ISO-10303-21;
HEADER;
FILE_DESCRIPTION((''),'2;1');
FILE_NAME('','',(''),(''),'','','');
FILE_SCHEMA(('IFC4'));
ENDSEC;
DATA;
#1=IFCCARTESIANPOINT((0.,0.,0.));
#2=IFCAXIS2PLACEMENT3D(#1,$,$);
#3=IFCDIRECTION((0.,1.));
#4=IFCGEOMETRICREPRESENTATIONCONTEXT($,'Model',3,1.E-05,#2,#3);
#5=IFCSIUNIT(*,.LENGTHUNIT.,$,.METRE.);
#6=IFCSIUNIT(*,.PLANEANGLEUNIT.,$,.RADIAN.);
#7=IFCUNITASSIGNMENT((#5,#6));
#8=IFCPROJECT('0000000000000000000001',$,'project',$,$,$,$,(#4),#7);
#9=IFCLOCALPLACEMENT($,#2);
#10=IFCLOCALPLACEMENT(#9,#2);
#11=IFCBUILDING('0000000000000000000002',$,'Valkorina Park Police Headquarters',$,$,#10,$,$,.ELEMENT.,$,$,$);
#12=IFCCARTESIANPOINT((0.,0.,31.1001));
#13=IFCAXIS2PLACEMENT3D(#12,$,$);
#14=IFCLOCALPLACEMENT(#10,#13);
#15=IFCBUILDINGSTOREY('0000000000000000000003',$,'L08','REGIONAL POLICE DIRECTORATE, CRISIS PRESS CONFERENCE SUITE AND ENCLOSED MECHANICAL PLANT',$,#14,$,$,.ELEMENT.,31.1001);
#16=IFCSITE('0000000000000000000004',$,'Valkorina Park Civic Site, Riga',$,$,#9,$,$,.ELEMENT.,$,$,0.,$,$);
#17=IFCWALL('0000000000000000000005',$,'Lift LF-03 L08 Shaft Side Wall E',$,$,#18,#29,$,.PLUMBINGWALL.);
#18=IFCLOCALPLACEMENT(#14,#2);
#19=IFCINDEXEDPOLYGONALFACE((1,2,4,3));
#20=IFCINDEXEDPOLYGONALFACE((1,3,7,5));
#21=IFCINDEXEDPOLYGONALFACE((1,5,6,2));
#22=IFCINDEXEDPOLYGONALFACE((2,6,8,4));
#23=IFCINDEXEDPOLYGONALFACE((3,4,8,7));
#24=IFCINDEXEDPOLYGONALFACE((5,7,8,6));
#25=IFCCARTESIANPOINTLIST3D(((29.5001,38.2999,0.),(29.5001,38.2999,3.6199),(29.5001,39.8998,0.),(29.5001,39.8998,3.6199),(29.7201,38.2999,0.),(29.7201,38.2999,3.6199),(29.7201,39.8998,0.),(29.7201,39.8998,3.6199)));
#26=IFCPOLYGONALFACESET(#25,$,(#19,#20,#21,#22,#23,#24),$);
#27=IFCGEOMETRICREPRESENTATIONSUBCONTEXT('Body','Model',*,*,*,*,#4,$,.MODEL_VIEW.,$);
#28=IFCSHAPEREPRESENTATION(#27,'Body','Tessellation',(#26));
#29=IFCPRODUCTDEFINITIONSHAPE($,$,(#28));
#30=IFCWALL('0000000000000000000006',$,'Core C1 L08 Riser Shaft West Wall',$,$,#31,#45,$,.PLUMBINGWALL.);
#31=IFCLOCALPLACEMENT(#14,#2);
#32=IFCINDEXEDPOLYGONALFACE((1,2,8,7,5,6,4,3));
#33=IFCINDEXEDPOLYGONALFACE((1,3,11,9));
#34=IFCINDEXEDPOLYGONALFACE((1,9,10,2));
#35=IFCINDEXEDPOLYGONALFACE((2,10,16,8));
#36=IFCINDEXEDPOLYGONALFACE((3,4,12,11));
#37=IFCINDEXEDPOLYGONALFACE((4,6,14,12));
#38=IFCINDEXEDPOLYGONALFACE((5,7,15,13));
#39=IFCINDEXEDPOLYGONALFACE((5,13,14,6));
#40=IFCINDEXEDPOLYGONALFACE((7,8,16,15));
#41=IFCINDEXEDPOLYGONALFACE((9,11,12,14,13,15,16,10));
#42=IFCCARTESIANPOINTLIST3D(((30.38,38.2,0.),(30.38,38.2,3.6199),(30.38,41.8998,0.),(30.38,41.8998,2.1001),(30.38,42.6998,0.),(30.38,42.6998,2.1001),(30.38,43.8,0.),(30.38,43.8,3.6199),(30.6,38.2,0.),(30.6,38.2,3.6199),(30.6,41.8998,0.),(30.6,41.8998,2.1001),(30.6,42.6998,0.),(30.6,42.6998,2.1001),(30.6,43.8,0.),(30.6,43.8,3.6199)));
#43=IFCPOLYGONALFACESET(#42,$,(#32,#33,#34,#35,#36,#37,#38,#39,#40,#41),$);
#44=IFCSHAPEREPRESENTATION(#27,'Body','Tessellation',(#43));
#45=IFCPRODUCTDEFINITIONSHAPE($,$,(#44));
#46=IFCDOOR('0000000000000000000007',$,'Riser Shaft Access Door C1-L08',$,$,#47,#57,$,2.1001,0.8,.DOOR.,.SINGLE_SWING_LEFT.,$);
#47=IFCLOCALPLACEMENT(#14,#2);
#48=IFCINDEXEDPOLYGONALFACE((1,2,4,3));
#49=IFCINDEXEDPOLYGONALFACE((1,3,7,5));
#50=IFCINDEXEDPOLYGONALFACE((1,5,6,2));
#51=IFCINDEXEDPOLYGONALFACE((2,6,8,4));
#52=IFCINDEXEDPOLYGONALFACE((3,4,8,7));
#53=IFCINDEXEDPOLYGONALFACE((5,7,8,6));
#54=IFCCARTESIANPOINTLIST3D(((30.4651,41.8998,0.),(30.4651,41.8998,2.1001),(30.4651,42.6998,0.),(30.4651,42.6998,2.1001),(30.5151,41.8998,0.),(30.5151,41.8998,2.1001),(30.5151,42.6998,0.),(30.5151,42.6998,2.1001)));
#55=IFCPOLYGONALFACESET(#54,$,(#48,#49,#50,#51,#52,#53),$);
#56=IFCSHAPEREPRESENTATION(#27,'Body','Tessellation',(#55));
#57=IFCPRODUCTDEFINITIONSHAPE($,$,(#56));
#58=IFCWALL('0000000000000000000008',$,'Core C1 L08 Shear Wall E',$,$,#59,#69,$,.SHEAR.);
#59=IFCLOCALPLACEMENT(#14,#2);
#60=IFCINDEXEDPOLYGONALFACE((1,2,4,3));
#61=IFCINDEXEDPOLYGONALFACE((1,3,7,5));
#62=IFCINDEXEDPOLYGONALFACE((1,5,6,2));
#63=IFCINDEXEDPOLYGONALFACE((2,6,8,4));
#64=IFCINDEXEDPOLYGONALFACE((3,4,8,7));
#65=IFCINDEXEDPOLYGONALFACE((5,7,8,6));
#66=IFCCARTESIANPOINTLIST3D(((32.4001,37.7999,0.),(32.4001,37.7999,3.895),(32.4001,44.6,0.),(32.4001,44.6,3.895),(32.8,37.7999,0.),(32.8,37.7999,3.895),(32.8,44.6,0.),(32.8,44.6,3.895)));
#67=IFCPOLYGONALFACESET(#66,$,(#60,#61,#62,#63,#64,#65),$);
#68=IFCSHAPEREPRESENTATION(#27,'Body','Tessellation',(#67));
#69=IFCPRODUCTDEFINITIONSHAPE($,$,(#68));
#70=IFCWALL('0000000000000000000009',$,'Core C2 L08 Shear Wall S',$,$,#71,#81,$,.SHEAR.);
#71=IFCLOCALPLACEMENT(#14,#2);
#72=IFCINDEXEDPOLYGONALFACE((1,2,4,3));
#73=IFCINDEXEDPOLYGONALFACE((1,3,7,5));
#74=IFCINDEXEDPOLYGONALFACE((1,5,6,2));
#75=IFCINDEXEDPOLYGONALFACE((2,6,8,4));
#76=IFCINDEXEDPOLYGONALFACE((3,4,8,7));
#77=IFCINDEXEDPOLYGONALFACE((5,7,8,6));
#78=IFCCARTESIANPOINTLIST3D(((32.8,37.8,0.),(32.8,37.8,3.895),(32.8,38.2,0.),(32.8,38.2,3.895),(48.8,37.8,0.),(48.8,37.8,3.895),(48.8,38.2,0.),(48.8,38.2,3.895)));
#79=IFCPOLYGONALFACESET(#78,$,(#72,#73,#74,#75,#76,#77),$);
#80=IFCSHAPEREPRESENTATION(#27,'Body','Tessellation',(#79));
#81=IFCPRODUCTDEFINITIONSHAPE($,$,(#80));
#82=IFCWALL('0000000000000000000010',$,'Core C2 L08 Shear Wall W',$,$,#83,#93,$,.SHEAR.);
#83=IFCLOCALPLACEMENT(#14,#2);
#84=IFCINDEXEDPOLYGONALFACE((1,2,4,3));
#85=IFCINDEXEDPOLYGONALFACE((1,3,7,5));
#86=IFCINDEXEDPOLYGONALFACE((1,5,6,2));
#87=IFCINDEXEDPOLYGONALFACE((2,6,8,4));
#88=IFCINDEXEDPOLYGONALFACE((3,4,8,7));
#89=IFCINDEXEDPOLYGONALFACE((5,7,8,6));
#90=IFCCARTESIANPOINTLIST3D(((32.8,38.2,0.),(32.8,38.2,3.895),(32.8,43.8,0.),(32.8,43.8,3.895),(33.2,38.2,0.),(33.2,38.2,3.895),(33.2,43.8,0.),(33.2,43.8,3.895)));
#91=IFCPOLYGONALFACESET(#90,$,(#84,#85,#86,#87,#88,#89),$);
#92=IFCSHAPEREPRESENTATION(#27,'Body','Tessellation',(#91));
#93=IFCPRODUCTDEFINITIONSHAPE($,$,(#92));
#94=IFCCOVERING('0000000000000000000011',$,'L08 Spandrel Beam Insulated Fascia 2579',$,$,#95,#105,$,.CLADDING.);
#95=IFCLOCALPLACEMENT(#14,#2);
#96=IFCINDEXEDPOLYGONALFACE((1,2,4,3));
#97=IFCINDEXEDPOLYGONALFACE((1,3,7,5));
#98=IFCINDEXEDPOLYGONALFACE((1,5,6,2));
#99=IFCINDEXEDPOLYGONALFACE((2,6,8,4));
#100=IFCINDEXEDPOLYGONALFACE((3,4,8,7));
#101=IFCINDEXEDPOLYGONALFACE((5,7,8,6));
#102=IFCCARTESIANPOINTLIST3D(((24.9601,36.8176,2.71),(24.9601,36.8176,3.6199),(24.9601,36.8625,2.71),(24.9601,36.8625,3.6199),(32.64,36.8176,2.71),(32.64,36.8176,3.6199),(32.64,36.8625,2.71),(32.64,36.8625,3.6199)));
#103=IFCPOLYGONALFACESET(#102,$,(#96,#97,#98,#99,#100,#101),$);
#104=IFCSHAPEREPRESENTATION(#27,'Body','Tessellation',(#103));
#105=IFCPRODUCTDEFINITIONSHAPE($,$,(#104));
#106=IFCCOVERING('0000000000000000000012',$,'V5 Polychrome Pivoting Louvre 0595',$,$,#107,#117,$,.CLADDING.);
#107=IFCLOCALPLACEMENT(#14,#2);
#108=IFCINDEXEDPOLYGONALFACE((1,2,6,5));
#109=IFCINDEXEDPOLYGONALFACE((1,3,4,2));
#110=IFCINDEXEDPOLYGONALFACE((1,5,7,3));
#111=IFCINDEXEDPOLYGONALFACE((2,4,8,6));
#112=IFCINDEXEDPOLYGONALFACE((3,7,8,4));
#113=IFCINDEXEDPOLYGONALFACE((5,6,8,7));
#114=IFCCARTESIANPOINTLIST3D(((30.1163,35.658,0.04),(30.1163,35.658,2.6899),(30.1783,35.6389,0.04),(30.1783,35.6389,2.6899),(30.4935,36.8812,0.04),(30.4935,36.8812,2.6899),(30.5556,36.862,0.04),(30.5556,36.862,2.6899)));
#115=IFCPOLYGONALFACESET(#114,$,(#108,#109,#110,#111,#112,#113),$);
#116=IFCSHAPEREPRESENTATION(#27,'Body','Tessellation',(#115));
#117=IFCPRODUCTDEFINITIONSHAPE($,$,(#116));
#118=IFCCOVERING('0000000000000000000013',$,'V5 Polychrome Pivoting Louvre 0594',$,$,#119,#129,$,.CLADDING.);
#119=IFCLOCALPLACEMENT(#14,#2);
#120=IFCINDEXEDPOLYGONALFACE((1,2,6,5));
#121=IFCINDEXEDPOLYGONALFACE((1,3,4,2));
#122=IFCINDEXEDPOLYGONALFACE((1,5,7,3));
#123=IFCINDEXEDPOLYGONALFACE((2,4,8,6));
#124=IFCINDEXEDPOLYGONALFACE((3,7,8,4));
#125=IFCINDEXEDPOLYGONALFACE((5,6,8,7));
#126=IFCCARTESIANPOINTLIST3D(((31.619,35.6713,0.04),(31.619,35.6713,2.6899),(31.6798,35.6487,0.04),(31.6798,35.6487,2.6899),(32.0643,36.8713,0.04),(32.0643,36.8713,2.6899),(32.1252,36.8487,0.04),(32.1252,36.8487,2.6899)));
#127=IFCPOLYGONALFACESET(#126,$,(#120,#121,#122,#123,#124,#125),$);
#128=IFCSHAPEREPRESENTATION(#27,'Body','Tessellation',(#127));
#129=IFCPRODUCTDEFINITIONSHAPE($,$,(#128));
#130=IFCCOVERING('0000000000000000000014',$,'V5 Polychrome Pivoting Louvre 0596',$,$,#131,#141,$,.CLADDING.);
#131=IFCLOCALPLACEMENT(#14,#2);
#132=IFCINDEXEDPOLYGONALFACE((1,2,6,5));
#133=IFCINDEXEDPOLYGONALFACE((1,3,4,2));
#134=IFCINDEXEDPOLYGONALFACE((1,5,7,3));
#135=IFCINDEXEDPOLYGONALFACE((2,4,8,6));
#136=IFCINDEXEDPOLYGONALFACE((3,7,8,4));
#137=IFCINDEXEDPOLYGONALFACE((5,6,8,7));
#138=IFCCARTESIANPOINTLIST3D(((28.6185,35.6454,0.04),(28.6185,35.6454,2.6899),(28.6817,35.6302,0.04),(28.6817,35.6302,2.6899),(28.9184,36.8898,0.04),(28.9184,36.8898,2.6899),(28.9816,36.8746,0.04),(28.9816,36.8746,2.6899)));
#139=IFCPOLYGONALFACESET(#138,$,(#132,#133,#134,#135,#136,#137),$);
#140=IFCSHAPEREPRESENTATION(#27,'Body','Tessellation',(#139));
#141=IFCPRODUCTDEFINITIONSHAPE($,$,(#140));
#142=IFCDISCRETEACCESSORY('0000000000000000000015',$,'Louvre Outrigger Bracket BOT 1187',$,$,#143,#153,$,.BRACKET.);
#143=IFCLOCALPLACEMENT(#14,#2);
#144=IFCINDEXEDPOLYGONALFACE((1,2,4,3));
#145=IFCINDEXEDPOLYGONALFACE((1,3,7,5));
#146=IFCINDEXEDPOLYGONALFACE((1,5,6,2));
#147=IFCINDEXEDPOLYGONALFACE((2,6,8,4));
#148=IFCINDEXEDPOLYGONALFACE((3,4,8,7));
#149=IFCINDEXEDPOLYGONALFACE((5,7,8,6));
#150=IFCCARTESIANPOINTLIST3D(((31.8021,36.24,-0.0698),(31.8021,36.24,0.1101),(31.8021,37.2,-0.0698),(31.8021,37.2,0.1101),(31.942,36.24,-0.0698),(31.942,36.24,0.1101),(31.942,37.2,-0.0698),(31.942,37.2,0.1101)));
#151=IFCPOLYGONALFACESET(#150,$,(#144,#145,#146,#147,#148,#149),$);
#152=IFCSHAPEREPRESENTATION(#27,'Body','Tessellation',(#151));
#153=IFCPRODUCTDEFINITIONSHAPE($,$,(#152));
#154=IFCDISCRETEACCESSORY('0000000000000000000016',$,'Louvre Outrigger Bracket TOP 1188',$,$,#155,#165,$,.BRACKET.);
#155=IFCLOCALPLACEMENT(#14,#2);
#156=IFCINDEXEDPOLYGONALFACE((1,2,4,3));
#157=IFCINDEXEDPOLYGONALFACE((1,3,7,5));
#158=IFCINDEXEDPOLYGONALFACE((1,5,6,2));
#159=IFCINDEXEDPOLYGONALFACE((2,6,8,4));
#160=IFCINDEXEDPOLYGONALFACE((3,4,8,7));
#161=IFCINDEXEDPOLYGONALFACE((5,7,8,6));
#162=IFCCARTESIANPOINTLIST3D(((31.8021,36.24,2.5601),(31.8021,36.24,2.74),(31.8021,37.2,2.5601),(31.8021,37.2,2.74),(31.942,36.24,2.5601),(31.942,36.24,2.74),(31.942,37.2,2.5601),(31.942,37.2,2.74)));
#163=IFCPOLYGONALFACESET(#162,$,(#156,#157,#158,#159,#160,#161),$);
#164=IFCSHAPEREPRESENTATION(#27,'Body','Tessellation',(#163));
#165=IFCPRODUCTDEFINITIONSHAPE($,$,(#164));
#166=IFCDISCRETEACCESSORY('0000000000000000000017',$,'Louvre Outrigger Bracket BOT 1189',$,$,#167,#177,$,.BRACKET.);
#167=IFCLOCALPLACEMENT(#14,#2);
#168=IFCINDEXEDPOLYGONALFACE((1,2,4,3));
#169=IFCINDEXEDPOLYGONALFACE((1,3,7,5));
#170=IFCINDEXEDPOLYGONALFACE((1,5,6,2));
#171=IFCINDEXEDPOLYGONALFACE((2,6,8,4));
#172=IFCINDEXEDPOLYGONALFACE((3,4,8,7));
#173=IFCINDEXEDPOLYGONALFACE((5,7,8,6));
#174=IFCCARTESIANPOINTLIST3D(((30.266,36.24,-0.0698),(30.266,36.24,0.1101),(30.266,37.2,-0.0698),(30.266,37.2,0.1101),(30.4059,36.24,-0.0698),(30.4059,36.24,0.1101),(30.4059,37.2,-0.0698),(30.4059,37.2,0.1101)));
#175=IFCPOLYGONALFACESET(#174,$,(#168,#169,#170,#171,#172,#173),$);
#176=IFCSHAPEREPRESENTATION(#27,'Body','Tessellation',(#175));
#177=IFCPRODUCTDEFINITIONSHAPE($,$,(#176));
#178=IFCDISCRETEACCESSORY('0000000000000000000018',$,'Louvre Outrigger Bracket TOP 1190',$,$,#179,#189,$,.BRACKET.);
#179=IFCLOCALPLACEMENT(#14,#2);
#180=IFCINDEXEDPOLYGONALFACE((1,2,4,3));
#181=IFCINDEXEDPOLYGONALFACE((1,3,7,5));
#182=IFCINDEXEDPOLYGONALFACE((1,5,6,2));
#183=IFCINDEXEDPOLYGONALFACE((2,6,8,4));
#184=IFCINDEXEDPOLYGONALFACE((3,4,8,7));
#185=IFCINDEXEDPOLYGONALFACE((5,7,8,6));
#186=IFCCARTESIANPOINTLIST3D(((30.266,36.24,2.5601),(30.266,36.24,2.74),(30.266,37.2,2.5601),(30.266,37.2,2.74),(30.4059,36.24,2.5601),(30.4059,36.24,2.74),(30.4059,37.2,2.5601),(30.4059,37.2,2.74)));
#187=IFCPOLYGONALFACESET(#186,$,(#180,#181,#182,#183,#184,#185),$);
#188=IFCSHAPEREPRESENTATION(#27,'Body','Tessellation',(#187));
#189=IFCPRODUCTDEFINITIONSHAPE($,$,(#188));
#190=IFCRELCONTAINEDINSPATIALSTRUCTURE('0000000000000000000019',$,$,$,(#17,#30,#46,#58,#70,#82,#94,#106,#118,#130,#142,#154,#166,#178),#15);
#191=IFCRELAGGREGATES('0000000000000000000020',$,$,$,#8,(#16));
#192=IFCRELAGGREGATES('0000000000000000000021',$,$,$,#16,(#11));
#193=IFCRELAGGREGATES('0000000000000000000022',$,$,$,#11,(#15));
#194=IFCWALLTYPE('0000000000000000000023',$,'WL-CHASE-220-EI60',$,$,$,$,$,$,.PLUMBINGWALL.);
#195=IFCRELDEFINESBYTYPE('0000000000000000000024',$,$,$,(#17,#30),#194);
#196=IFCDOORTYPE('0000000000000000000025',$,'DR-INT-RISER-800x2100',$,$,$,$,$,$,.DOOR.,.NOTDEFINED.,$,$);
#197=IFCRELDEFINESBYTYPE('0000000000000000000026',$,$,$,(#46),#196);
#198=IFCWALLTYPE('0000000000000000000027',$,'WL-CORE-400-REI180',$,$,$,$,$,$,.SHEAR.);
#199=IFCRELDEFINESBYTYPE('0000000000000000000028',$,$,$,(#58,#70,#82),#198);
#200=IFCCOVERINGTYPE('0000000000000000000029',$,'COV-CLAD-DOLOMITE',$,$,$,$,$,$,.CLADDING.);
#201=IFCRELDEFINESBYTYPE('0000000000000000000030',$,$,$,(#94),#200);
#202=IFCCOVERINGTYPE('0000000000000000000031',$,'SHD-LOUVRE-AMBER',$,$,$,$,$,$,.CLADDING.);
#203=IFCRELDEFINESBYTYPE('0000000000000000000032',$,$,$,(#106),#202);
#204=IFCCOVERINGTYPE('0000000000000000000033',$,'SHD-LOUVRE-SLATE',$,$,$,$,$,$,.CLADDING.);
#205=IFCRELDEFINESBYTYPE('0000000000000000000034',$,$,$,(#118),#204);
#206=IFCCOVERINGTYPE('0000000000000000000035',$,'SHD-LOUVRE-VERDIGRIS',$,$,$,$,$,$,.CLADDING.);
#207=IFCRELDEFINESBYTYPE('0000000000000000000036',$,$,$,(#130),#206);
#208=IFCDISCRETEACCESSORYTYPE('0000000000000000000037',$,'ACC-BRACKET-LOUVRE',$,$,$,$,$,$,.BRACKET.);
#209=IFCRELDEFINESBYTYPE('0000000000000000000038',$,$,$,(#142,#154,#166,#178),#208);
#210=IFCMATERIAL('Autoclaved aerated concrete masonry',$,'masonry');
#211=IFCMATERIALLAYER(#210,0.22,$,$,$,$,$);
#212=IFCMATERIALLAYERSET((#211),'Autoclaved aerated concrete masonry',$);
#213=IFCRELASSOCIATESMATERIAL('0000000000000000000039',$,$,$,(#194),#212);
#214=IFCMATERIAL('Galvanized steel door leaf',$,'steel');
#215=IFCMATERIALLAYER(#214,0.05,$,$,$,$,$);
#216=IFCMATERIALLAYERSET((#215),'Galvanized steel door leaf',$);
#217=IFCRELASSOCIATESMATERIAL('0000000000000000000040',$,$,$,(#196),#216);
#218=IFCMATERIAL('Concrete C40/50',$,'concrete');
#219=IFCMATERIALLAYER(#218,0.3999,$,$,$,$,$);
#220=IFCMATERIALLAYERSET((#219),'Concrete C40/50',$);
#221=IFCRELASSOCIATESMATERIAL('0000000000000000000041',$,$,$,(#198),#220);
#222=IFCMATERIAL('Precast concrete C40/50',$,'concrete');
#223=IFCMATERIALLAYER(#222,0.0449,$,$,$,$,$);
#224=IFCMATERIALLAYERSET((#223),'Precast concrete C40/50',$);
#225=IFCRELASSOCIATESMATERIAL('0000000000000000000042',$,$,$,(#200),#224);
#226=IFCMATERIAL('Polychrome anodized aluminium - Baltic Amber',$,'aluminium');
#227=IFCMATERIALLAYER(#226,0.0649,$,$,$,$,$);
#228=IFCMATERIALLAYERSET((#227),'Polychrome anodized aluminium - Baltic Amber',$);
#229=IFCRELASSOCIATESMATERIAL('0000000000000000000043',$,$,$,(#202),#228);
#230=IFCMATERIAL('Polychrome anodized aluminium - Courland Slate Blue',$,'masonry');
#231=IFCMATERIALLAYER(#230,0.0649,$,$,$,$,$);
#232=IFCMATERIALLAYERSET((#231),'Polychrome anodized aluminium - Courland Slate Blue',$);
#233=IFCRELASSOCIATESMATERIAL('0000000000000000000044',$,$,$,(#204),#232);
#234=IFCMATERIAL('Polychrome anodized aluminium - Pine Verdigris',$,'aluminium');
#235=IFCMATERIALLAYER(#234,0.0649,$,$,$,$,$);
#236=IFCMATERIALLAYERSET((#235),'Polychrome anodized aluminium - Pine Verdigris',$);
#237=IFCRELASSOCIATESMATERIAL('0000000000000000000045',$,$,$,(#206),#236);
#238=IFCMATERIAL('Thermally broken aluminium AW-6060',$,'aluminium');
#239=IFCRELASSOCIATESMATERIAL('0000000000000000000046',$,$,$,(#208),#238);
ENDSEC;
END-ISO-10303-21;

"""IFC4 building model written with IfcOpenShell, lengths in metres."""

from ifc_helpers import new_model, si_unit, direction, frame, frame_2d, origin, origin_2d, place, context, subcontext, project, spatial, rectangle, extrude, material, layer, layer_set, type_object, element, fill, save


model = new_model("IFC4")

# Units and contexts
model_context = context("Model", 3, precision=1e-05, world=origin(), true_north=direction((0.0, 1.0)))
body_context = subcontext(model_context, "Body", "Model", "MODEL_VIEW")
ifc_project = project(units=[si_unit("LENGTHUNIT", "METRE"), si_unit("PLANEANGLEUNIT", "RADIAN")], contexts=[model_context])

# Site, building, storey
site_placement = place(None, origin())
site = spatial("IfcSite", under=ifc_project, at=site_placement, Name="Valkorina Park Civic Site, Riga", CompositionType="ELEMENT", RefElevation=0.0)
building_placement = place(site_placement, origin())
building = spatial("IfcBuilding", under=site, at=building_placement, Name="Valkorina Park Police Headquarters", CompositionType="ELEMENT")
storey_placement = place(building_placement, frame((0.0, 0.0, 31.1001)))
storey = spatial("IfcBuildingStorey", under=building, at=storey_placement, Name="L08", Description="REGIONAL POLICE DIRECTORATE, CRISIS PRESS CONFERENCE SUITE AND ENCLOSED MECHANICAL PLANT", CompositionType="ELEMENT", Elevation=31.1001)

# Shared definitions
ifc_material_1 = material(Name="Thermally broken aluminium AW-6060", Category="aluminium")

# Wall
ifc_material_2 = material(Name="Autoclaved aerated concrete masonry", Category="masonry")
ifc_layer_1 = layer(ifc_material_2, 0.22)
ifc_layer_set_1 = layer_set([ifc_layer_1], Name="Autoclaved aerated concrete masonry")
wall_type_1 = type_object("IfcWallType", Name="WL-CHASE-220-EI60", PredefinedType="PLUMBINGWALL", material=ifc_layer_set_1)
wall_1_placement = place(storey_placement, frame((29.6101, 38.3, 0.0), z_axis=(0.0, 0.0, 1.0), x_axis=(0.0, 1.0, 0.0)))
element("IfcWall", 1, at=wall_1_placement, inside=storey, type_object=wall_type_1, Name="Lift LF-03 L08 Shaft Side Wall E", PredefinedType="PLUMBINGWALL", context=body_context, shape_type="SweptSolid", body=[
    extrude(rectangle(XDim=1.5999, YDim=0.22, at=frame_2d((0.7998, 0.0))), origin(), (0.0, 0.0, 1.0), 3.6199),
])

# Wall, opening, door
wall_2_placement = place(storey_placement, frame((30.49, 38.2, 0.0), z_axis=(0.0, 0.0, 1.0), x_axis=(0.0, 1.0, 0.0)))
wall_2 = element("IfcWall", 2, at=wall_2_placement, inside=storey, type_object=wall_type_1, Name="Core C1 L08 Riser Shaft West Wall", PredefinedType="PLUMBINGWALL", context=body_context, shape_type="SweptSolid", body=[
    extrude(rectangle(XDim=5.6001, YDim=0.22, at=frame_2d((2.8, 0.0))), origin(), (0.0, 0.0, 1.0), 3.6199),
])
opening_placement = place(wall_2_placement, frame((3.7, 0.0, 0.0)))
opening = element("IfcOpeningElement", 3, at=opening_placement, cuts=wall_2, PredefinedType="OPENING", context=body_context, shape_type="SweptSolid", body=[
    extrude(rectangle(XDim=0.8, YDim=2.1001, at=frame_2d((0.3999, 1.05))), frame((0.0, 0.1201, 0.0), z_axis=(0.0, -1.0, 0.0), x_axis=(1.0, 0.0, 0.0)), (0.0, 0.0, 1.0), 0.24),
])
ifc_material_3 = material(Name="Galvanized steel door leaf", Category="steel")
ifc_layer_2 = layer(ifc_material_3, 0.05)
ifc_layer_set_2 = layer_set([ifc_layer_2], Name="Galvanized steel door leaf")
door_type = type_object("IfcDoorType", Name="DR-INT-RISER-800x2100", OperationType="NOTDEFINED", PredefinedType="DOOR", material=ifc_layer_set_2)
door_placement = place(opening_placement, origin())
door = element("IfcDoor", 4, at=door_placement, inside=storey, type_object=door_type, Name="Riser Shaft Access Door C1-L08", OperationType="SINGLE_SWING_LEFT", OverallHeight=2.1001, OverallWidth=0.8, PredefinedType="DOOR", context=body_context, shape_type="SweptSolid", body=[
    extrude(rectangle(XDim=0.8, YDim=2.1001, at=frame_2d((0.3999, 1.05))), frame((0.0, 0.0249, 0.0), z_axis=(0.0, -1.0, 0.0), x_axis=(1.0, 0.0, 0.0)), (0.0, 0.0, 1.0), 0.05),
])
fill(opening, door)

# Walls
ifc_material_4 = material(Name="Concrete C40/50", Category="concrete")
ifc_layer_3 = layer(ifc_material_4, 0.3999)
ifc_layer_set_3 = layer_set([ifc_layer_3], Name="Concrete C40/50")
wall_type_2 = type_object("IfcWallType", Name="WL-CORE-400-REI180", PredefinedType="SHEAR", material=ifc_layer_set_3)
wall_3_placement = place(storey_placement, frame((32.6001, 37.8, 0.0), z_axis=(0.0, 0.0, 1.0), x_axis=(0.0, 1.0, 0.0)))
element("IfcWall", 5, at=wall_3_placement, inside=storey, type_object=wall_type_2, Name="Core C1 L08 Shear Wall E", PredefinedType="SHEAR", context=body_context, shape_type="SweptSolid", body=[
    extrude(rectangle(XDim=6.8, YDim=0.3999, at=frame_2d((3.3999, 0.0))), origin(), (0.0, 0.0, 1.0), 3.895),
])
wall_4_placement = place(storey_placement, frame((32.8, 38.0, 0.0), z_axis=(0.0, 0.0, 1.0), x_axis=(1.0, 0.0, 0.0)))
element("IfcWall", 6, at=wall_4_placement, inside=storey, type_object=wall_type_2, Name="Core C2 L08 Shear Wall S", PredefinedType="SHEAR", context=body_context, shape_type="SweptSolid", body=[
    extrude(rectangle(XDim=16.0, YDim=0.3999, at=frame_2d((8.0, 0.0))), origin(), (0.0, 0.0, 1.0), 3.895),
])
wall_5_placement = place(storey_placement, frame((33.0, 38.2, 0.0), z_axis=(0.0, 0.0, 1.0), x_axis=(0.0, 1.0, 0.0)))
element("IfcWall", 7, at=wall_5_placement, inside=storey, type_object=wall_type_2, Name="Core C2 L08 Shear Wall W", PredefinedType="SHEAR", context=body_context, shape_type="SweptSolid", body=[
    extrude(rectangle(XDim=5.6001, YDim=0.3999, at=frame_2d((2.8, 0.0))), origin(), (0.0, 0.0, 1.0), 3.895),
])

# Coverings
ifc_material_5 = material(Name="Precast concrete C40/50", Category="concrete")
ifc_layer_4 = layer(ifc_material_5, 0.0449)
ifc_layer_set_4 = layer_set([ifc_layer_4], Name="Precast concrete C40/50")
covering_type_1 = type_object("IfcCoveringType", Name="COV-CLAD-DOLOMITE", PredefinedType="CLADDING", material=ifc_layer_set_4)
covering_1_placement = place(storey_placement, frame((32.6399, 36.8401, 2.71), z_axis=(0.0, 0.0, 1.0), x_axis=(-1.0, 0.0, 0.0)))
element("IfcCovering", 8, at=covering_1_placement, inside=storey, type_object=covering_type_1, Name="L08 Spandrel Beam Insulated Fascia 2579", PredefinedType="CLADDING", context=body_context, shape_type="SweptSolid", body=[
    extrude(rectangle(XDim=7.6799, YDim=0.0449, at=frame_2d((3.8398, 0.0))), origin(), (0.0, 0.0, 1.0), 0.9099),
])
ifc_material_6 = material(Name="Polychrome anodized aluminium - Baltic Amber", Category="aluminium")
ifc_layer_5 = layer(ifc_material_6, 0.0649)
ifc_layer_set_5 = layer_set([ifc_layer_5], Name="Polychrome anodized aluminium - Baltic Amber")
covering_type_2 = type_object("IfcCoveringType", Name="SHD-LOUVRE-AMBER", PredefinedType="CLADDING", material=ifc_layer_set_5)
covering_2_placement = place(storey_placement, frame((30.3359, 36.26, 0.04), z_axis=(0.0, 0.0, 1.0), x_axis=(-0.294708, -0.955588, 0.0)))
element("IfcCovering", 9, at=covering_2_placement, inside=storey, type_object=covering_type_2, Name="V5 Polychrome Pivoting Louvre 0595", PredefinedType="CLADDING", context=body_context, shape_type="SweptSolid", body=[
    extrude(rectangle(XDim=1.28, YDim=0.0649, at=origin_2d()), origin(), (0.0, 0.0, 1.0), 2.6499),
])
ifc_material_7 = material(Name="Polychrome anodized aluminium - Courland Slate Blue", Category="masonry")
ifc_layer_6 = layer(ifc_material_7, 0.0649)
ifc_layer_set_6 = layer_set([ifc_layer_6], Name="Polychrome anodized aluminium - Courland Slate Blue")
covering_type_3 = type_object("IfcCoveringType", Name="SHD-LOUVRE-SLATE", PredefinedType="CLADDING", material=ifc_layer_set_6)
covering_3_placement = place(storey_placement, frame((31.8721, 36.26, 0.04), z_axis=(0.0, 0.0, 1.0), x_axis=(-0.347918, -0.937525, 0.0)))
element("IfcCovering", 10, at=covering_3_placement, inside=storey, type_object=covering_type_3, Name="V5 Polychrome Pivoting Louvre 0594", PredefinedType="CLADDING", context=body_context, shape_type="SweptSolid", body=[
    extrude(rectangle(XDim=1.28, YDim=0.0649, at=origin_2d()), origin(), (0.0, 0.0, 1.0), 2.6499),
])
ifc_material_8 = material(Name="Polychrome anodized aluminium - Pine Verdigris", Category="aluminium")
ifc_layer_7 = layer(ifc_material_8, 0.0649)
ifc_layer_set_7 = layer_set([ifc_layer_7], Name="Polychrome anodized aluminium - Pine Verdigris")
covering_type_4 = type_object("IfcCoveringType", Name="SHD-LOUVRE-VERDIGRIS", PredefinedType="CLADDING", material=ifc_layer_set_7)
covering_4_placement = place(storey_placement, frame((28.8, 36.26, 0.04), z_axis=(0.0, 0.0, 1.0), x_axis=(-0.234294, -0.972166, 0.0)))
element("IfcCovering", 11, at=covering_4_placement, inside=storey, type_object=covering_type_4, Name="V5 Polychrome Pivoting Louvre 0596", PredefinedType="CLADDING", context=body_context, shape_type="SweptSolid", body=[
    extrude(rectangle(XDim=1.28, YDim=0.0649, at=origin_2d()), origin(), (0.0, 0.0, 1.0), 2.6499),
])

# Discrete accessories
discrete_accessory_type = type_object("IfcDiscreteAccessoryType", Name="ACC-BRACKET-LOUVRE", PredefinedType="BRACKET", material=ifc_material_1)
for number, where, z_axis, x_axis, name in (
    (12, (31.8721, 36.72, -0.0698), (0.0, 0.0, 1.0), (0.0, -1.0, 0.0), "Louvre Outrigger Bracket BOT 1187"),
    (13, (31.8721, 36.72, 2.5601), (0.0, 0.0, 1.0), (0.0, -1.0, 0.0), "Louvre Outrigger Bracket TOP 1188"),
    (14, (30.3359, 36.72, -0.0698), (0.0, 0.0, 1.0), (0.0, -1.0, 0.0), "Louvre Outrigger Bracket BOT 1189"),
    (15, (30.3359, 36.72, 2.5601), (0.0, 0.0, 1.0), (0.0, -1.0, 0.0), "Louvre Outrigger Bracket TOP 1190"),
):
    element("IfcDiscreteAccessory", number, at=place(storey_placement, frame(where, z_axis=z_axis, x_axis=x_axis)), inside=storey, type_object=discrete_accessory_type, Name=name, PredefinedType="BRACKET", context=body_context, shape_type="SweptSolid", body=[
        extrude(rectangle(XDim=0.96, YDim=0.1399, at=origin_2d()), origin(), (0.0, 0.0, 1.0), 0.1799),
    ])

save(model, "model.ifc")
